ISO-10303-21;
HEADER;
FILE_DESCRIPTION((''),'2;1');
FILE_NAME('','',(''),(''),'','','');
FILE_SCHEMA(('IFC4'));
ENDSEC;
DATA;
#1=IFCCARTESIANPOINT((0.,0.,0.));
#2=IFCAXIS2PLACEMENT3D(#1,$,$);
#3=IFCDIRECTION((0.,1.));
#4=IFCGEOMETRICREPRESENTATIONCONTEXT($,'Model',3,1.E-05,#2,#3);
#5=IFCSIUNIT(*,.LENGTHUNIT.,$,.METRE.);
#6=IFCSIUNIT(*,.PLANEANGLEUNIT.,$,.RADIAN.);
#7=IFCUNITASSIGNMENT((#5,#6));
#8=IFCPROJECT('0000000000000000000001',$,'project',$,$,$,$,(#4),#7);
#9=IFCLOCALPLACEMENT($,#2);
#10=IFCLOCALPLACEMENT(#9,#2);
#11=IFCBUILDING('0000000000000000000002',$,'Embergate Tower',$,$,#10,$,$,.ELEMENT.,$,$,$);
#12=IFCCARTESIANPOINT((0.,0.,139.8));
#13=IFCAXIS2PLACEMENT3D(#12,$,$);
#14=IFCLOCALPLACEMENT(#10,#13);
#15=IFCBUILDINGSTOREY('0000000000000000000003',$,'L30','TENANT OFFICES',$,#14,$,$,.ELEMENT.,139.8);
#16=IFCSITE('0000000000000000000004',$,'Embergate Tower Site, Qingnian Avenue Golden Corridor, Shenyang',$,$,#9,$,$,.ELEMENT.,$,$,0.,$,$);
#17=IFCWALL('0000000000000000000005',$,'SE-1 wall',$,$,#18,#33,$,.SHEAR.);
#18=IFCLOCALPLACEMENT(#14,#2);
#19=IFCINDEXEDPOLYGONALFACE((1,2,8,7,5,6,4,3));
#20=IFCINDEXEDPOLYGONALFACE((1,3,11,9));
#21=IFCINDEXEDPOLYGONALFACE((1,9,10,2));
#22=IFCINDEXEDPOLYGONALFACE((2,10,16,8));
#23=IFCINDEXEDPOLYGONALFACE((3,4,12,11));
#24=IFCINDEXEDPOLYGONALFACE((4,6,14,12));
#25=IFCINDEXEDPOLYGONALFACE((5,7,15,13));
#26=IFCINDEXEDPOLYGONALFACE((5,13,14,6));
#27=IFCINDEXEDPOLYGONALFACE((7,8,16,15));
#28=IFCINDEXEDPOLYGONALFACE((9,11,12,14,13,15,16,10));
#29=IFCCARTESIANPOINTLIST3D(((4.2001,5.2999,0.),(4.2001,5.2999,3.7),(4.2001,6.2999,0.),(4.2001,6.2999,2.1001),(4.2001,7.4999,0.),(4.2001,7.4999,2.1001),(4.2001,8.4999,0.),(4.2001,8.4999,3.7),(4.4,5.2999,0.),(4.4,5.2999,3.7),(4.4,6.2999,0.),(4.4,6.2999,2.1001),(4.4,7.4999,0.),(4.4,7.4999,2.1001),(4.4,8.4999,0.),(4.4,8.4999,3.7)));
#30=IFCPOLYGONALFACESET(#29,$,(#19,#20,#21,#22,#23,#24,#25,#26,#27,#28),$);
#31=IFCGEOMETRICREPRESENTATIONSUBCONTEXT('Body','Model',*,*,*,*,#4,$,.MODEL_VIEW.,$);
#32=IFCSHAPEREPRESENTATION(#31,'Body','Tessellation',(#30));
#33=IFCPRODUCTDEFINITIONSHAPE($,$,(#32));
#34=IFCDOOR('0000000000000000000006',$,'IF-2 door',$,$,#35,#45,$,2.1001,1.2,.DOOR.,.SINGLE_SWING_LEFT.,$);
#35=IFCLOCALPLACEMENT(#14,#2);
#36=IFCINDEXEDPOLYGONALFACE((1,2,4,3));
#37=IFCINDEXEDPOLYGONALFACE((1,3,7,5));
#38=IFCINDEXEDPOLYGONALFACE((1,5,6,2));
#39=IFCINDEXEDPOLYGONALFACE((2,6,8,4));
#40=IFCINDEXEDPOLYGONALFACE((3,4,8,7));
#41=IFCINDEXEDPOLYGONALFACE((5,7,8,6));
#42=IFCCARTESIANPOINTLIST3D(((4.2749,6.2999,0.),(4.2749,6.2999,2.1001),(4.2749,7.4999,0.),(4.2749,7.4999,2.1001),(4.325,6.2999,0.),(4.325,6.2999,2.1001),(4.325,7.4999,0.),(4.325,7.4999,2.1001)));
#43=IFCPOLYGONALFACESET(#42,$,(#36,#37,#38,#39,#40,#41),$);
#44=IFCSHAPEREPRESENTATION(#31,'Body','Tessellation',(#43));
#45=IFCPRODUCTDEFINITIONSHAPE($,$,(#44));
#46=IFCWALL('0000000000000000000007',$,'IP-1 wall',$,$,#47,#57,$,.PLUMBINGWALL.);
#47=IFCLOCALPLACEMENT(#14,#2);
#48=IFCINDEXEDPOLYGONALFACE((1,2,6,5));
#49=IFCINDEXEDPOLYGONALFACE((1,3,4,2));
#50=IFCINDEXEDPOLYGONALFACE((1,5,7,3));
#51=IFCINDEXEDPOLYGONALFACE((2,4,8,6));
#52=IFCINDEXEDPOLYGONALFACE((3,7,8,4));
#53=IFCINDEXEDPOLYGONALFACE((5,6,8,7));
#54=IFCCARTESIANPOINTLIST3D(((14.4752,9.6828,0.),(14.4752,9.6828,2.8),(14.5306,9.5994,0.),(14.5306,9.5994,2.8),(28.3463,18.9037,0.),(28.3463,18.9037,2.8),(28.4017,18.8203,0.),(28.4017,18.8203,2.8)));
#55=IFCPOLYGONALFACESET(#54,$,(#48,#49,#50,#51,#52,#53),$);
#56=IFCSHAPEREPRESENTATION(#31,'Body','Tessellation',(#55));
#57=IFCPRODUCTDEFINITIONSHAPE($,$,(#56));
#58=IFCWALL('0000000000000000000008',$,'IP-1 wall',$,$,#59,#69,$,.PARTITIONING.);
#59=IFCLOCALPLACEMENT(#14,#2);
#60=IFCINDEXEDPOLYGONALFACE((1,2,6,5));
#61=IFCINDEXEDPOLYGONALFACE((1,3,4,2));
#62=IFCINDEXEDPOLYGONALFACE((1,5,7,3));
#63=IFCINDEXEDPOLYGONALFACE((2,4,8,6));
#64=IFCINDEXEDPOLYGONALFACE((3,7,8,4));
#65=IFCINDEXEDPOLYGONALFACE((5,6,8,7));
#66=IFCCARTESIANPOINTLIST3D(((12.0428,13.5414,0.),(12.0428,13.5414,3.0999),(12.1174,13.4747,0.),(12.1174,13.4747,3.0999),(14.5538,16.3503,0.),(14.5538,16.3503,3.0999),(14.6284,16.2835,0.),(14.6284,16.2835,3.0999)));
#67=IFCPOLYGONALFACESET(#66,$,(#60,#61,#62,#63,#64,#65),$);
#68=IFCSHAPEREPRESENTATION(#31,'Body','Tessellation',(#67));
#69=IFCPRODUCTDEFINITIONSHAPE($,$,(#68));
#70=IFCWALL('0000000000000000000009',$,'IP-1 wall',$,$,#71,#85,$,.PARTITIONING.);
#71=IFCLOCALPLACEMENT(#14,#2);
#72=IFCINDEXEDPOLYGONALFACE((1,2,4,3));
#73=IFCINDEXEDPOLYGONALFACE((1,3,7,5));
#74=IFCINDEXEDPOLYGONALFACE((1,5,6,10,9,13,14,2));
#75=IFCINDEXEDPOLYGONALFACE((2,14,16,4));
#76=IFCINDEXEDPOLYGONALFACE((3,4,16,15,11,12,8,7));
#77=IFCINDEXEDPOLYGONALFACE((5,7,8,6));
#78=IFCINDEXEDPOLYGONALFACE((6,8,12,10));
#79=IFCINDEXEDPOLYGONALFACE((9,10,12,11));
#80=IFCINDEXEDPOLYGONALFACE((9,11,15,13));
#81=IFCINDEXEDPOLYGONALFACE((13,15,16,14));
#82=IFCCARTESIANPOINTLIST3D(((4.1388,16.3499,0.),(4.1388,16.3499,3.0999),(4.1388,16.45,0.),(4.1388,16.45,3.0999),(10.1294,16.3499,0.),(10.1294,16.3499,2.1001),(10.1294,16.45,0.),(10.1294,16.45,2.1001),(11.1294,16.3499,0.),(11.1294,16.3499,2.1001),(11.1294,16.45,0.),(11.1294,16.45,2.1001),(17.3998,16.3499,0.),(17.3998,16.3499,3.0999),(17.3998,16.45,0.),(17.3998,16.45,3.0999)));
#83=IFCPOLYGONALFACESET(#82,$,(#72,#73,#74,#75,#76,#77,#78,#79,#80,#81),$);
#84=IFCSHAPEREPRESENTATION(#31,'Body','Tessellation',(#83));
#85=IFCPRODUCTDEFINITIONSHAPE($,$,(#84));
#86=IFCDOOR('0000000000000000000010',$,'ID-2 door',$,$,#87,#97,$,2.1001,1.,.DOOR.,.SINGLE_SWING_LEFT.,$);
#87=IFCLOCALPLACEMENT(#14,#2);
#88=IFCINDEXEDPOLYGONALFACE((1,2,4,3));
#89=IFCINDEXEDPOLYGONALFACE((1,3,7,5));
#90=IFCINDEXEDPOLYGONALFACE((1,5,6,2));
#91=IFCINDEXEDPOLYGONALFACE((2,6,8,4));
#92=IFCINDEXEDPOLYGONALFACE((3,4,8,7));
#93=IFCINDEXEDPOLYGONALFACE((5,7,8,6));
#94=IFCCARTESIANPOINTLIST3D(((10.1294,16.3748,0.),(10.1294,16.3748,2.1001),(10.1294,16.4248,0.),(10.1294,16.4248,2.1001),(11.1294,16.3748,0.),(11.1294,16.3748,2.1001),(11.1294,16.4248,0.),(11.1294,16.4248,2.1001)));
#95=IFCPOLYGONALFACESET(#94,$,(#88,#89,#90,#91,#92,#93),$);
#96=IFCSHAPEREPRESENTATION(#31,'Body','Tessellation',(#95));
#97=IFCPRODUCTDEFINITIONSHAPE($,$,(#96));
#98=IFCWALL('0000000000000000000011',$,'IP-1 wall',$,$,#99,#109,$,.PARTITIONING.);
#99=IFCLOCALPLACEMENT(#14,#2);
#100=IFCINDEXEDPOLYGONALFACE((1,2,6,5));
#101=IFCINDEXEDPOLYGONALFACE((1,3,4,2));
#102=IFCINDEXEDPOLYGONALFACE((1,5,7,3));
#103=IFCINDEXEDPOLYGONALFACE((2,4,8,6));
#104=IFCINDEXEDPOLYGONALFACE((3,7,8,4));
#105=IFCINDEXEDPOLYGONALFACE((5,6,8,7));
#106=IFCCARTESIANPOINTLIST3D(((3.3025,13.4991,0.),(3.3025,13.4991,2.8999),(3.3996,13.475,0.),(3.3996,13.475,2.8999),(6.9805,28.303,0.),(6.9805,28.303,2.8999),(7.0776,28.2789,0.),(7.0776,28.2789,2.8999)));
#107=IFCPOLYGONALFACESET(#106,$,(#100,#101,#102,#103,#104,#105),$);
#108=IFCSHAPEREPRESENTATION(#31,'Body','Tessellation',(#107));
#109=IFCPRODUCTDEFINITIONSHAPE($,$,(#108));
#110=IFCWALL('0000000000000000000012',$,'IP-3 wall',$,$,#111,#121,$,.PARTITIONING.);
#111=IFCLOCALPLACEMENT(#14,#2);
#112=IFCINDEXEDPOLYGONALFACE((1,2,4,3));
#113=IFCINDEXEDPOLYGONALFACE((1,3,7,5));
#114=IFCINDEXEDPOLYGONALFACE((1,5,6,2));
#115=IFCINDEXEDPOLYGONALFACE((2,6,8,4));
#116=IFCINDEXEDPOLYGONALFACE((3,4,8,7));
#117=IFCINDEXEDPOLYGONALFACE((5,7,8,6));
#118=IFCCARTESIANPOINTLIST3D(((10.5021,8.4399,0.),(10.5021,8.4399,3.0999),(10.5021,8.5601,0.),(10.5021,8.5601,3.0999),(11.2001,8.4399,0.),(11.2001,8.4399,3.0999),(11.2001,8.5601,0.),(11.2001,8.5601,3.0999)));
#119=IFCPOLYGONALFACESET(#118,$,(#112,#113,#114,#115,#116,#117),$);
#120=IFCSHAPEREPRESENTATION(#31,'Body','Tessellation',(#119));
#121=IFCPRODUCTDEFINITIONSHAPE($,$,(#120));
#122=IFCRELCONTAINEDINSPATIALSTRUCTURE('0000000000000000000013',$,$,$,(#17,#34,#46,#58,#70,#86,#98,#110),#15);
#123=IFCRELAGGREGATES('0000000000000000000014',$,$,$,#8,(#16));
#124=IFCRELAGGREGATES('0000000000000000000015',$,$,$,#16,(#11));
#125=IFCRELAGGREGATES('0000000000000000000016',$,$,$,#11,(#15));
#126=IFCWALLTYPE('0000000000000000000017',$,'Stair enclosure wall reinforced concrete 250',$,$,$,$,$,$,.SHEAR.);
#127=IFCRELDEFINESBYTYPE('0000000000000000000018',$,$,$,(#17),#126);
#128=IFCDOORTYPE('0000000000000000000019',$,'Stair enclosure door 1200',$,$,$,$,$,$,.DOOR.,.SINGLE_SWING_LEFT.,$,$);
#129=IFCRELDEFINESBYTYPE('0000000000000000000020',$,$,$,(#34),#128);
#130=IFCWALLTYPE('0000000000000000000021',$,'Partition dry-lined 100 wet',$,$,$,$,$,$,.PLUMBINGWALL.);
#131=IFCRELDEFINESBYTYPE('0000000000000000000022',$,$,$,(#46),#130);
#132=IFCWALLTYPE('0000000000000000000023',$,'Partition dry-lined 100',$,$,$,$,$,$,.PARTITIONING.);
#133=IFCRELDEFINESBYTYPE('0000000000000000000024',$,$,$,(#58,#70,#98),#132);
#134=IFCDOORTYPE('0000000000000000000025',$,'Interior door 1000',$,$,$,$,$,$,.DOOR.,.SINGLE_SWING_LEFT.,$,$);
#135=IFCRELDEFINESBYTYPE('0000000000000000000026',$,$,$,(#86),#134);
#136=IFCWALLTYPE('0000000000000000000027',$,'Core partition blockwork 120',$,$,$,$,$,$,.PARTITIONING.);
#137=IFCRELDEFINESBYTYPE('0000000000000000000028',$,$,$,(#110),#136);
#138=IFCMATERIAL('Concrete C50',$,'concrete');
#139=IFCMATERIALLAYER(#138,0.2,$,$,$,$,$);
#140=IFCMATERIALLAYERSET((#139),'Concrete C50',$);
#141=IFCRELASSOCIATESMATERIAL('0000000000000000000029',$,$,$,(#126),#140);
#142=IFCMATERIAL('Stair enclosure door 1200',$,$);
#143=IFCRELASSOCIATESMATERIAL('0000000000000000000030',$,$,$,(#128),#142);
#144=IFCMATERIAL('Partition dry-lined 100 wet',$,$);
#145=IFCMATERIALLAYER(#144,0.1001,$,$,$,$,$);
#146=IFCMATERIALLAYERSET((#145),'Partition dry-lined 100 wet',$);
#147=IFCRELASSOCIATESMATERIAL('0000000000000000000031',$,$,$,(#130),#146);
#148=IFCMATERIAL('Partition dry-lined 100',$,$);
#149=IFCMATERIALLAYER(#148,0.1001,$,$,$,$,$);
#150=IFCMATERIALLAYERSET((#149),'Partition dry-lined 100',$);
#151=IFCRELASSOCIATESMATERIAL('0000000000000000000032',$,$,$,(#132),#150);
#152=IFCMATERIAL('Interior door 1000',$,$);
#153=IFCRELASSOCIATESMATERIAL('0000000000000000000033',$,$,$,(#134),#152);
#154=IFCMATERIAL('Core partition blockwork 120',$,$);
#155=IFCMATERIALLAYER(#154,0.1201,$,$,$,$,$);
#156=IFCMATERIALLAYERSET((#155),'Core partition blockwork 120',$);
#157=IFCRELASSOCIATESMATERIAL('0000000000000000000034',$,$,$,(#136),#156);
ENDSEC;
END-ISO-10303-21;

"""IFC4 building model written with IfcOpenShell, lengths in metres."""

from ifc_helpers import new_model, si_unit, direction, frame, frame_2d, origin, place, context, subcontext, project, spatial, rectangle, extrude, source, transform, mapped, material, layer, layer_set, type_object, element, fill, save


model = new_model("IFC4")

# Units and contexts
model_context = context("Model", 3, precision=1e-05, world=origin(), true_north=direction((0.0, 1.0)))
body_context = subcontext(model_context, "Body", "Model", "MODEL_VIEW")
ifc_project = project(units=[si_unit("LENGTHUNIT", "METRE"), si_unit("PLANEANGLEUNIT", "RADIAN")], contexts=[model_context])

# Site, building, storey
site_placement = place(None, origin())
site = spatial("IfcSite", under=ifc_project, at=site_placement, Name="Embergate Tower Site, Qingnian Avenue Golden Corridor, Shenyang", CompositionType="ELEMENT", RefElevation=0.0)
building_placement = place(site_placement, origin())
building = spatial("IfcBuilding", under=site, at=building_placement, Name="Embergate Tower", CompositionType="ELEMENT")
storey_placement = place(building_placement, frame((0.0, 0.0, 139.8)))
storey = spatial("IfcBuildingStorey", under=building, at=storey_placement, Name="L30", Description="TENANT OFFICES", CompositionType="ELEMENT", Elevation=139.8)

# Wall, opening, door
ifc_material_1 = material(Name="Concrete C50", Category="concrete")
ifc_layer_1 = layer(ifc_material_1, 0.2)
ifc_layer_set_1 = layer_set([ifc_layer_1], Name="Concrete C50")
wall_type_1 = type_object("IfcWallType", Name="Stair enclosure wall reinforced concrete 250", PredefinedType="SHEAR", material=ifc_layer_set_1)
shared_shape_1 = source(origin(), body_context, "Body", "SweptSolid", [
    extrude(rectangle(XDim=3.2, YDim=0.2, at=frame_2d((1.6001, 0.0))), origin(), (0.0, 0.0, 1.0), 3.7),
])
wall_1_placement = place(storey_placement, frame((4.3, 8.5, 0.0), z_axis=(0.0, 0.0, 1.0), x_axis=(0.0, -1.0, 0.0)))
wall_1 = element("IfcWall", 1, at=wall_1_placement, inside=storey, type_object=wall_type_1, Name="SE-1 wall", PredefinedType="SHEAR", context=body_context, shape_type="MappedRepresentation", body=[
    mapped(shared_shape_1, transform((0.0, 0.0, 0.0))),
])
shared_shape_2 = source(origin(), body_context, "Body", "SweptSolid", [
    extrude(rectangle(XDim=1.2, YDim=2.1001, at=frame_2d((0.6001, 1.05))), frame((0.0, 0.1099, 0.0), z_axis=(0.0, -1.0, 0.0), x_axis=(1.0, 0.0, 0.0)), (0.0, 0.0, 1.0), 0.22),
])
opening_1_placement = place(wall_1_placement, frame((1.0, 0.0, 0.0)))
opening_1 = element("IfcOpeningElement", 2, at=opening_1_placement, cuts=wall_1, PredefinedType="OPENING", context=body_context, shape_type="MappedRepresentation", body=[
    mapped(shared_shape_2, transform((0.0, 0.0, 0.0))),
])
ifc_material_2 = material(Name="Stair enclosure door 1200")
door_type_1 = type_object("IfcDoorType", Name="Stair enclosure door 1200", OperationType="SINGLE_SWING_LEFT", PredefinedType="DOOR", material=ifc_material_2)
shared_shape_3 = source(origin(), body_context, "Body", "SweptSolid", [
    extrude(rectangle(XDim=1.2, YDim=2.1001, at=frame_2d((0.6001, 1.05))), frame((0.0, 0.0249, 0.0), z_axis=(0.0, -1.0, 0.0), x_axis=(1.0, 0.0, 0.0)), (0.0, 0.0, 1.0), 0.05),
])
door_1_placement = place(opening_1_placement, origin())
door_1 = element("IfcDoor", 3, at=door_1_placement, inside=storey, type_object=door_type_1, Name="IF-2 door", OperationType="SINGLE_SWING_LEFT", OverallHeight=2.1001, OverallWidth=1.2, PredefinedType="DOOR", context=body_context, shape_type="MappedRepresentation", body=[
    mapped(shared_shape_3, transform((0.0, 0.0, 0.0))),
])
fill(opening_1, door_1)

# Walls
ifc_material_3 = material(Name="Partition dry-lined 100 wet")
ifc_layer_2 = layer(ifc_material_3, 0.1001)
ifc_layer_set_2 = layer_set([ifc_layer_2], Name="Partition dry-lined 100 wet")
wall_type_2 = type_object("IfcWallType", Name="Partition dry-lined 100 wet", PredefinedType="PLUMBINGWALL", material=ifc_layer_set_2)
shared_shape_4 = source(origin(), body_context, "Body", "SweptSolid", [
    extrude(rectangle(XDim=16.6562, YDim=0.1001, at=frame_2d((8.3281, 0.0))), origin(), (0.0, 0.0, 1.0), 2.8),
])
wall_2_placement = place(storey_placement, frame((14.5029, 9.6411, 0.0), z_axis=(0.0, 0.0, 1.0), x_axis=(0.832782, 0.5536, 0.0)))
element("IfcWall", 4, at=wall_2_placement, inside=storey, type_object=wall_type_2, Name="IP-1 wall", PredefinedType="PLUMBINGWALL", context=body_context, shape_type="MappedRepresentation", body=[
    mapped(shared_shape_4, transform((0.0, 0.0, 0.0))),
])
ifc_material_4 = material(Name="Partition dry-lined 100")
ifc_layer_3 = layer(ifc_material_4, 0.1001)
ifc_layer_set_3 = layer_set([ifc_layer_3], Name="Partition dry-lined 100")
wall_type_3 = type_object("IfcWallType", Name="Partition dry-lined 100", PredefinedType="PARTITIONING", material=ifc_layer_set_3)
shared_shape_5 = source(origin(), body_context, "Body", "SweptSolid", [
    extrude(rectangle(XDim=3.7676, YDim=0.1001, at=frame_2d((1.8838, 0.0))), origin(), (0.0, 0.0, 1.0), 3.0999),
])
wall_3_placement = place(storey_placement, frame((14.5911, 16.3169, 0.0), z_axis=(0.0, 0.0, 1.0), x_axis=(-0.666473, -0.745529, 0.0)))
element("IfcWall", 5, at=wall_3_placement, inside=storey, type_object=wall_type_3, Name="IP-1 wall", PredefinedType="PARTITIONING", context=body_context, shape_type="MappedRepresentation", body=[
    mapped(shared_shape_5, transform((0.0, 0.0, 0.0))),
])

# Wall, opening, door
shared_shape_6 = source(origin(), body_context, "Body", "SweptSolid", [
    extrude(rectangle(XDim=13.261, YDim=0.1001, at=frame_2d((6.6304, 0.0))), origin(), (0.0, 0.0, 1.0), 3.0999),
])
wall_4_placement = place(storey_placement, frame((4.1389, 16.3999, 0.0), z_axis=(0.0, 0.0, 1.0), x_axis=(1.0, 0.0, 0.0)))
wall_4 = element("IfcWall", 6, at=wall_4_placement, inside=storey, type_object=wall_type_3, Name="IP-1 wall", PredefinedType="PARTITIONING", context=body_context, shape_type="MappedRepresentation", body=[
    mapped(shared_shape_6, transform((0.0, 0.0, 0.0))),
])
shared_shape_7 = source(origin(), body_context, "Body", "SweptSolid", [
    extrude(rectangle(XDim=1.0, YDim=2.1001, at=frame_2d((0.5, 1.05))), frame((0.0, 0.0601, 0.0), z_axis=(0.0, -1.0, 0.0), x_axis=(1.0, 0.0, 0.0)), (0.0, 0.0, 1.0), 0.1201),
])
opening_2_placement = place(wall_4_placement, frame((5.9905, 0.0, 0.0)))
opening_2 = element("IfcOpeningElement", 7, at=opening_2_placement, cuts=wall_4, PredefinedType="OPENING", context=body_context, shape_type="MappedRepresentation", body=[
    mapped(shared_shape_7, transform((0.0, 0.0, 0.0))),
])
ifc_material_5 = material(Name="Interior door 1000")
door_type_2 = type_object("IfcDoorType", Name="Interior door 1000", OperationType="SINGLE_SWING_LEFT", PredefinedType="DOOR", material=ifc_material_5)
shared_shape_8 = source(origin(), body_context, "Body", "SweptSolid", [
    extrude(rectangle(XDim=1.0, YDim=2.1001, at=frame_2d((0.5, 1.05))), frame((0.0, 0.0249, 0.0), z_axis=(0.0, -1.0, 0.0), x_axis=(1.0, 0.0, 0.0)), (0.0, 0.0, 1.0), 0.05),
])
door_2_placement = place(opening_2_placement, origin())
door_2 = element("IfcDoor", 8, at=door_2_placement, inside=storey, type_object=door_type_2, Name="ID-2 door", OperationType="SINGLE_SWING_LEFT", OverallHeight=2.1001, OverallWidth=1.0, PredefinedType="DOOR", context=body_context, shape_type="MappedRepresentation", body=[
    mapped(shared_shape_8, transform((0.0, 0.0, 0.0))),
])
fill(opening_2, door_2)

# Walls
shared_shape_9 = source(origin(), body_context, "Body", "SweptSolid", [
    extrude(rectangle(XDim=15.2539, YDim=0.1001, at=frame_2d((7.627, 0.0))), origin(), (0.0, 0.0, 1.0), 2.8999),
])
wall_5_placement = place(storey_placement, frame((3.3511, 13.4871, 0.0), z_axis=(0.0, 0.0, 1.0), x_axis=(0.241116, 0.970496, 0.0)))
element("IfcWall", 9, at=wall_5_placement, inside=storey, type_object=wall_type_3, Name="IP-1 wall", PredefinedType="PARTITIONING", context=body_context, shape_type="MappedRepresentation", body=[
    mapped(shared_shape_9, transform((0.0, 0.0, 0.0))),
])
ifc_material_6 = material(Name="Core partition blockwork 120")
ifc_layer_4 = layer(ifc_material_6, 0.1201)
ifc_layer_set_4 = layer_set([ifc_layer_4], Name="Core partition blockwork 120")
wall_type_4 = type_object("IfcWallType", Name="Core partition blockwork 120", PredefinedType="PARTITIONING", material=ifc_layer_set_4)
shared_shape_10 = source(origin(), body_context, "Body", "SweptSolid", [
    extrude(rectangle(XDim=0.698, YDim=0.1201, at=frame_2d((0.3491, 0.0))), origin(), (0.0, 0.0, 1.0), 3.0999),
])
wall_6_placement = place(storey_placement, frame((10.502, 8.5, 0.0), z_axis=(0.0, 0.0, 1.0), x_axis=(1.0, 0.0, 0.0)))
element("IfcWall", 10, at=wall_6_placement, inside=storey, type_object=wall_type_4, Name="IP-3 wall", PredefinedType="PARTITIONING", context=body_context, shape_type="MappedRepresentation", body=[
    mapped(shared_shape_10, transform((0.0, 0.0, 0.0))),
])

save(model, "model.ifc")
